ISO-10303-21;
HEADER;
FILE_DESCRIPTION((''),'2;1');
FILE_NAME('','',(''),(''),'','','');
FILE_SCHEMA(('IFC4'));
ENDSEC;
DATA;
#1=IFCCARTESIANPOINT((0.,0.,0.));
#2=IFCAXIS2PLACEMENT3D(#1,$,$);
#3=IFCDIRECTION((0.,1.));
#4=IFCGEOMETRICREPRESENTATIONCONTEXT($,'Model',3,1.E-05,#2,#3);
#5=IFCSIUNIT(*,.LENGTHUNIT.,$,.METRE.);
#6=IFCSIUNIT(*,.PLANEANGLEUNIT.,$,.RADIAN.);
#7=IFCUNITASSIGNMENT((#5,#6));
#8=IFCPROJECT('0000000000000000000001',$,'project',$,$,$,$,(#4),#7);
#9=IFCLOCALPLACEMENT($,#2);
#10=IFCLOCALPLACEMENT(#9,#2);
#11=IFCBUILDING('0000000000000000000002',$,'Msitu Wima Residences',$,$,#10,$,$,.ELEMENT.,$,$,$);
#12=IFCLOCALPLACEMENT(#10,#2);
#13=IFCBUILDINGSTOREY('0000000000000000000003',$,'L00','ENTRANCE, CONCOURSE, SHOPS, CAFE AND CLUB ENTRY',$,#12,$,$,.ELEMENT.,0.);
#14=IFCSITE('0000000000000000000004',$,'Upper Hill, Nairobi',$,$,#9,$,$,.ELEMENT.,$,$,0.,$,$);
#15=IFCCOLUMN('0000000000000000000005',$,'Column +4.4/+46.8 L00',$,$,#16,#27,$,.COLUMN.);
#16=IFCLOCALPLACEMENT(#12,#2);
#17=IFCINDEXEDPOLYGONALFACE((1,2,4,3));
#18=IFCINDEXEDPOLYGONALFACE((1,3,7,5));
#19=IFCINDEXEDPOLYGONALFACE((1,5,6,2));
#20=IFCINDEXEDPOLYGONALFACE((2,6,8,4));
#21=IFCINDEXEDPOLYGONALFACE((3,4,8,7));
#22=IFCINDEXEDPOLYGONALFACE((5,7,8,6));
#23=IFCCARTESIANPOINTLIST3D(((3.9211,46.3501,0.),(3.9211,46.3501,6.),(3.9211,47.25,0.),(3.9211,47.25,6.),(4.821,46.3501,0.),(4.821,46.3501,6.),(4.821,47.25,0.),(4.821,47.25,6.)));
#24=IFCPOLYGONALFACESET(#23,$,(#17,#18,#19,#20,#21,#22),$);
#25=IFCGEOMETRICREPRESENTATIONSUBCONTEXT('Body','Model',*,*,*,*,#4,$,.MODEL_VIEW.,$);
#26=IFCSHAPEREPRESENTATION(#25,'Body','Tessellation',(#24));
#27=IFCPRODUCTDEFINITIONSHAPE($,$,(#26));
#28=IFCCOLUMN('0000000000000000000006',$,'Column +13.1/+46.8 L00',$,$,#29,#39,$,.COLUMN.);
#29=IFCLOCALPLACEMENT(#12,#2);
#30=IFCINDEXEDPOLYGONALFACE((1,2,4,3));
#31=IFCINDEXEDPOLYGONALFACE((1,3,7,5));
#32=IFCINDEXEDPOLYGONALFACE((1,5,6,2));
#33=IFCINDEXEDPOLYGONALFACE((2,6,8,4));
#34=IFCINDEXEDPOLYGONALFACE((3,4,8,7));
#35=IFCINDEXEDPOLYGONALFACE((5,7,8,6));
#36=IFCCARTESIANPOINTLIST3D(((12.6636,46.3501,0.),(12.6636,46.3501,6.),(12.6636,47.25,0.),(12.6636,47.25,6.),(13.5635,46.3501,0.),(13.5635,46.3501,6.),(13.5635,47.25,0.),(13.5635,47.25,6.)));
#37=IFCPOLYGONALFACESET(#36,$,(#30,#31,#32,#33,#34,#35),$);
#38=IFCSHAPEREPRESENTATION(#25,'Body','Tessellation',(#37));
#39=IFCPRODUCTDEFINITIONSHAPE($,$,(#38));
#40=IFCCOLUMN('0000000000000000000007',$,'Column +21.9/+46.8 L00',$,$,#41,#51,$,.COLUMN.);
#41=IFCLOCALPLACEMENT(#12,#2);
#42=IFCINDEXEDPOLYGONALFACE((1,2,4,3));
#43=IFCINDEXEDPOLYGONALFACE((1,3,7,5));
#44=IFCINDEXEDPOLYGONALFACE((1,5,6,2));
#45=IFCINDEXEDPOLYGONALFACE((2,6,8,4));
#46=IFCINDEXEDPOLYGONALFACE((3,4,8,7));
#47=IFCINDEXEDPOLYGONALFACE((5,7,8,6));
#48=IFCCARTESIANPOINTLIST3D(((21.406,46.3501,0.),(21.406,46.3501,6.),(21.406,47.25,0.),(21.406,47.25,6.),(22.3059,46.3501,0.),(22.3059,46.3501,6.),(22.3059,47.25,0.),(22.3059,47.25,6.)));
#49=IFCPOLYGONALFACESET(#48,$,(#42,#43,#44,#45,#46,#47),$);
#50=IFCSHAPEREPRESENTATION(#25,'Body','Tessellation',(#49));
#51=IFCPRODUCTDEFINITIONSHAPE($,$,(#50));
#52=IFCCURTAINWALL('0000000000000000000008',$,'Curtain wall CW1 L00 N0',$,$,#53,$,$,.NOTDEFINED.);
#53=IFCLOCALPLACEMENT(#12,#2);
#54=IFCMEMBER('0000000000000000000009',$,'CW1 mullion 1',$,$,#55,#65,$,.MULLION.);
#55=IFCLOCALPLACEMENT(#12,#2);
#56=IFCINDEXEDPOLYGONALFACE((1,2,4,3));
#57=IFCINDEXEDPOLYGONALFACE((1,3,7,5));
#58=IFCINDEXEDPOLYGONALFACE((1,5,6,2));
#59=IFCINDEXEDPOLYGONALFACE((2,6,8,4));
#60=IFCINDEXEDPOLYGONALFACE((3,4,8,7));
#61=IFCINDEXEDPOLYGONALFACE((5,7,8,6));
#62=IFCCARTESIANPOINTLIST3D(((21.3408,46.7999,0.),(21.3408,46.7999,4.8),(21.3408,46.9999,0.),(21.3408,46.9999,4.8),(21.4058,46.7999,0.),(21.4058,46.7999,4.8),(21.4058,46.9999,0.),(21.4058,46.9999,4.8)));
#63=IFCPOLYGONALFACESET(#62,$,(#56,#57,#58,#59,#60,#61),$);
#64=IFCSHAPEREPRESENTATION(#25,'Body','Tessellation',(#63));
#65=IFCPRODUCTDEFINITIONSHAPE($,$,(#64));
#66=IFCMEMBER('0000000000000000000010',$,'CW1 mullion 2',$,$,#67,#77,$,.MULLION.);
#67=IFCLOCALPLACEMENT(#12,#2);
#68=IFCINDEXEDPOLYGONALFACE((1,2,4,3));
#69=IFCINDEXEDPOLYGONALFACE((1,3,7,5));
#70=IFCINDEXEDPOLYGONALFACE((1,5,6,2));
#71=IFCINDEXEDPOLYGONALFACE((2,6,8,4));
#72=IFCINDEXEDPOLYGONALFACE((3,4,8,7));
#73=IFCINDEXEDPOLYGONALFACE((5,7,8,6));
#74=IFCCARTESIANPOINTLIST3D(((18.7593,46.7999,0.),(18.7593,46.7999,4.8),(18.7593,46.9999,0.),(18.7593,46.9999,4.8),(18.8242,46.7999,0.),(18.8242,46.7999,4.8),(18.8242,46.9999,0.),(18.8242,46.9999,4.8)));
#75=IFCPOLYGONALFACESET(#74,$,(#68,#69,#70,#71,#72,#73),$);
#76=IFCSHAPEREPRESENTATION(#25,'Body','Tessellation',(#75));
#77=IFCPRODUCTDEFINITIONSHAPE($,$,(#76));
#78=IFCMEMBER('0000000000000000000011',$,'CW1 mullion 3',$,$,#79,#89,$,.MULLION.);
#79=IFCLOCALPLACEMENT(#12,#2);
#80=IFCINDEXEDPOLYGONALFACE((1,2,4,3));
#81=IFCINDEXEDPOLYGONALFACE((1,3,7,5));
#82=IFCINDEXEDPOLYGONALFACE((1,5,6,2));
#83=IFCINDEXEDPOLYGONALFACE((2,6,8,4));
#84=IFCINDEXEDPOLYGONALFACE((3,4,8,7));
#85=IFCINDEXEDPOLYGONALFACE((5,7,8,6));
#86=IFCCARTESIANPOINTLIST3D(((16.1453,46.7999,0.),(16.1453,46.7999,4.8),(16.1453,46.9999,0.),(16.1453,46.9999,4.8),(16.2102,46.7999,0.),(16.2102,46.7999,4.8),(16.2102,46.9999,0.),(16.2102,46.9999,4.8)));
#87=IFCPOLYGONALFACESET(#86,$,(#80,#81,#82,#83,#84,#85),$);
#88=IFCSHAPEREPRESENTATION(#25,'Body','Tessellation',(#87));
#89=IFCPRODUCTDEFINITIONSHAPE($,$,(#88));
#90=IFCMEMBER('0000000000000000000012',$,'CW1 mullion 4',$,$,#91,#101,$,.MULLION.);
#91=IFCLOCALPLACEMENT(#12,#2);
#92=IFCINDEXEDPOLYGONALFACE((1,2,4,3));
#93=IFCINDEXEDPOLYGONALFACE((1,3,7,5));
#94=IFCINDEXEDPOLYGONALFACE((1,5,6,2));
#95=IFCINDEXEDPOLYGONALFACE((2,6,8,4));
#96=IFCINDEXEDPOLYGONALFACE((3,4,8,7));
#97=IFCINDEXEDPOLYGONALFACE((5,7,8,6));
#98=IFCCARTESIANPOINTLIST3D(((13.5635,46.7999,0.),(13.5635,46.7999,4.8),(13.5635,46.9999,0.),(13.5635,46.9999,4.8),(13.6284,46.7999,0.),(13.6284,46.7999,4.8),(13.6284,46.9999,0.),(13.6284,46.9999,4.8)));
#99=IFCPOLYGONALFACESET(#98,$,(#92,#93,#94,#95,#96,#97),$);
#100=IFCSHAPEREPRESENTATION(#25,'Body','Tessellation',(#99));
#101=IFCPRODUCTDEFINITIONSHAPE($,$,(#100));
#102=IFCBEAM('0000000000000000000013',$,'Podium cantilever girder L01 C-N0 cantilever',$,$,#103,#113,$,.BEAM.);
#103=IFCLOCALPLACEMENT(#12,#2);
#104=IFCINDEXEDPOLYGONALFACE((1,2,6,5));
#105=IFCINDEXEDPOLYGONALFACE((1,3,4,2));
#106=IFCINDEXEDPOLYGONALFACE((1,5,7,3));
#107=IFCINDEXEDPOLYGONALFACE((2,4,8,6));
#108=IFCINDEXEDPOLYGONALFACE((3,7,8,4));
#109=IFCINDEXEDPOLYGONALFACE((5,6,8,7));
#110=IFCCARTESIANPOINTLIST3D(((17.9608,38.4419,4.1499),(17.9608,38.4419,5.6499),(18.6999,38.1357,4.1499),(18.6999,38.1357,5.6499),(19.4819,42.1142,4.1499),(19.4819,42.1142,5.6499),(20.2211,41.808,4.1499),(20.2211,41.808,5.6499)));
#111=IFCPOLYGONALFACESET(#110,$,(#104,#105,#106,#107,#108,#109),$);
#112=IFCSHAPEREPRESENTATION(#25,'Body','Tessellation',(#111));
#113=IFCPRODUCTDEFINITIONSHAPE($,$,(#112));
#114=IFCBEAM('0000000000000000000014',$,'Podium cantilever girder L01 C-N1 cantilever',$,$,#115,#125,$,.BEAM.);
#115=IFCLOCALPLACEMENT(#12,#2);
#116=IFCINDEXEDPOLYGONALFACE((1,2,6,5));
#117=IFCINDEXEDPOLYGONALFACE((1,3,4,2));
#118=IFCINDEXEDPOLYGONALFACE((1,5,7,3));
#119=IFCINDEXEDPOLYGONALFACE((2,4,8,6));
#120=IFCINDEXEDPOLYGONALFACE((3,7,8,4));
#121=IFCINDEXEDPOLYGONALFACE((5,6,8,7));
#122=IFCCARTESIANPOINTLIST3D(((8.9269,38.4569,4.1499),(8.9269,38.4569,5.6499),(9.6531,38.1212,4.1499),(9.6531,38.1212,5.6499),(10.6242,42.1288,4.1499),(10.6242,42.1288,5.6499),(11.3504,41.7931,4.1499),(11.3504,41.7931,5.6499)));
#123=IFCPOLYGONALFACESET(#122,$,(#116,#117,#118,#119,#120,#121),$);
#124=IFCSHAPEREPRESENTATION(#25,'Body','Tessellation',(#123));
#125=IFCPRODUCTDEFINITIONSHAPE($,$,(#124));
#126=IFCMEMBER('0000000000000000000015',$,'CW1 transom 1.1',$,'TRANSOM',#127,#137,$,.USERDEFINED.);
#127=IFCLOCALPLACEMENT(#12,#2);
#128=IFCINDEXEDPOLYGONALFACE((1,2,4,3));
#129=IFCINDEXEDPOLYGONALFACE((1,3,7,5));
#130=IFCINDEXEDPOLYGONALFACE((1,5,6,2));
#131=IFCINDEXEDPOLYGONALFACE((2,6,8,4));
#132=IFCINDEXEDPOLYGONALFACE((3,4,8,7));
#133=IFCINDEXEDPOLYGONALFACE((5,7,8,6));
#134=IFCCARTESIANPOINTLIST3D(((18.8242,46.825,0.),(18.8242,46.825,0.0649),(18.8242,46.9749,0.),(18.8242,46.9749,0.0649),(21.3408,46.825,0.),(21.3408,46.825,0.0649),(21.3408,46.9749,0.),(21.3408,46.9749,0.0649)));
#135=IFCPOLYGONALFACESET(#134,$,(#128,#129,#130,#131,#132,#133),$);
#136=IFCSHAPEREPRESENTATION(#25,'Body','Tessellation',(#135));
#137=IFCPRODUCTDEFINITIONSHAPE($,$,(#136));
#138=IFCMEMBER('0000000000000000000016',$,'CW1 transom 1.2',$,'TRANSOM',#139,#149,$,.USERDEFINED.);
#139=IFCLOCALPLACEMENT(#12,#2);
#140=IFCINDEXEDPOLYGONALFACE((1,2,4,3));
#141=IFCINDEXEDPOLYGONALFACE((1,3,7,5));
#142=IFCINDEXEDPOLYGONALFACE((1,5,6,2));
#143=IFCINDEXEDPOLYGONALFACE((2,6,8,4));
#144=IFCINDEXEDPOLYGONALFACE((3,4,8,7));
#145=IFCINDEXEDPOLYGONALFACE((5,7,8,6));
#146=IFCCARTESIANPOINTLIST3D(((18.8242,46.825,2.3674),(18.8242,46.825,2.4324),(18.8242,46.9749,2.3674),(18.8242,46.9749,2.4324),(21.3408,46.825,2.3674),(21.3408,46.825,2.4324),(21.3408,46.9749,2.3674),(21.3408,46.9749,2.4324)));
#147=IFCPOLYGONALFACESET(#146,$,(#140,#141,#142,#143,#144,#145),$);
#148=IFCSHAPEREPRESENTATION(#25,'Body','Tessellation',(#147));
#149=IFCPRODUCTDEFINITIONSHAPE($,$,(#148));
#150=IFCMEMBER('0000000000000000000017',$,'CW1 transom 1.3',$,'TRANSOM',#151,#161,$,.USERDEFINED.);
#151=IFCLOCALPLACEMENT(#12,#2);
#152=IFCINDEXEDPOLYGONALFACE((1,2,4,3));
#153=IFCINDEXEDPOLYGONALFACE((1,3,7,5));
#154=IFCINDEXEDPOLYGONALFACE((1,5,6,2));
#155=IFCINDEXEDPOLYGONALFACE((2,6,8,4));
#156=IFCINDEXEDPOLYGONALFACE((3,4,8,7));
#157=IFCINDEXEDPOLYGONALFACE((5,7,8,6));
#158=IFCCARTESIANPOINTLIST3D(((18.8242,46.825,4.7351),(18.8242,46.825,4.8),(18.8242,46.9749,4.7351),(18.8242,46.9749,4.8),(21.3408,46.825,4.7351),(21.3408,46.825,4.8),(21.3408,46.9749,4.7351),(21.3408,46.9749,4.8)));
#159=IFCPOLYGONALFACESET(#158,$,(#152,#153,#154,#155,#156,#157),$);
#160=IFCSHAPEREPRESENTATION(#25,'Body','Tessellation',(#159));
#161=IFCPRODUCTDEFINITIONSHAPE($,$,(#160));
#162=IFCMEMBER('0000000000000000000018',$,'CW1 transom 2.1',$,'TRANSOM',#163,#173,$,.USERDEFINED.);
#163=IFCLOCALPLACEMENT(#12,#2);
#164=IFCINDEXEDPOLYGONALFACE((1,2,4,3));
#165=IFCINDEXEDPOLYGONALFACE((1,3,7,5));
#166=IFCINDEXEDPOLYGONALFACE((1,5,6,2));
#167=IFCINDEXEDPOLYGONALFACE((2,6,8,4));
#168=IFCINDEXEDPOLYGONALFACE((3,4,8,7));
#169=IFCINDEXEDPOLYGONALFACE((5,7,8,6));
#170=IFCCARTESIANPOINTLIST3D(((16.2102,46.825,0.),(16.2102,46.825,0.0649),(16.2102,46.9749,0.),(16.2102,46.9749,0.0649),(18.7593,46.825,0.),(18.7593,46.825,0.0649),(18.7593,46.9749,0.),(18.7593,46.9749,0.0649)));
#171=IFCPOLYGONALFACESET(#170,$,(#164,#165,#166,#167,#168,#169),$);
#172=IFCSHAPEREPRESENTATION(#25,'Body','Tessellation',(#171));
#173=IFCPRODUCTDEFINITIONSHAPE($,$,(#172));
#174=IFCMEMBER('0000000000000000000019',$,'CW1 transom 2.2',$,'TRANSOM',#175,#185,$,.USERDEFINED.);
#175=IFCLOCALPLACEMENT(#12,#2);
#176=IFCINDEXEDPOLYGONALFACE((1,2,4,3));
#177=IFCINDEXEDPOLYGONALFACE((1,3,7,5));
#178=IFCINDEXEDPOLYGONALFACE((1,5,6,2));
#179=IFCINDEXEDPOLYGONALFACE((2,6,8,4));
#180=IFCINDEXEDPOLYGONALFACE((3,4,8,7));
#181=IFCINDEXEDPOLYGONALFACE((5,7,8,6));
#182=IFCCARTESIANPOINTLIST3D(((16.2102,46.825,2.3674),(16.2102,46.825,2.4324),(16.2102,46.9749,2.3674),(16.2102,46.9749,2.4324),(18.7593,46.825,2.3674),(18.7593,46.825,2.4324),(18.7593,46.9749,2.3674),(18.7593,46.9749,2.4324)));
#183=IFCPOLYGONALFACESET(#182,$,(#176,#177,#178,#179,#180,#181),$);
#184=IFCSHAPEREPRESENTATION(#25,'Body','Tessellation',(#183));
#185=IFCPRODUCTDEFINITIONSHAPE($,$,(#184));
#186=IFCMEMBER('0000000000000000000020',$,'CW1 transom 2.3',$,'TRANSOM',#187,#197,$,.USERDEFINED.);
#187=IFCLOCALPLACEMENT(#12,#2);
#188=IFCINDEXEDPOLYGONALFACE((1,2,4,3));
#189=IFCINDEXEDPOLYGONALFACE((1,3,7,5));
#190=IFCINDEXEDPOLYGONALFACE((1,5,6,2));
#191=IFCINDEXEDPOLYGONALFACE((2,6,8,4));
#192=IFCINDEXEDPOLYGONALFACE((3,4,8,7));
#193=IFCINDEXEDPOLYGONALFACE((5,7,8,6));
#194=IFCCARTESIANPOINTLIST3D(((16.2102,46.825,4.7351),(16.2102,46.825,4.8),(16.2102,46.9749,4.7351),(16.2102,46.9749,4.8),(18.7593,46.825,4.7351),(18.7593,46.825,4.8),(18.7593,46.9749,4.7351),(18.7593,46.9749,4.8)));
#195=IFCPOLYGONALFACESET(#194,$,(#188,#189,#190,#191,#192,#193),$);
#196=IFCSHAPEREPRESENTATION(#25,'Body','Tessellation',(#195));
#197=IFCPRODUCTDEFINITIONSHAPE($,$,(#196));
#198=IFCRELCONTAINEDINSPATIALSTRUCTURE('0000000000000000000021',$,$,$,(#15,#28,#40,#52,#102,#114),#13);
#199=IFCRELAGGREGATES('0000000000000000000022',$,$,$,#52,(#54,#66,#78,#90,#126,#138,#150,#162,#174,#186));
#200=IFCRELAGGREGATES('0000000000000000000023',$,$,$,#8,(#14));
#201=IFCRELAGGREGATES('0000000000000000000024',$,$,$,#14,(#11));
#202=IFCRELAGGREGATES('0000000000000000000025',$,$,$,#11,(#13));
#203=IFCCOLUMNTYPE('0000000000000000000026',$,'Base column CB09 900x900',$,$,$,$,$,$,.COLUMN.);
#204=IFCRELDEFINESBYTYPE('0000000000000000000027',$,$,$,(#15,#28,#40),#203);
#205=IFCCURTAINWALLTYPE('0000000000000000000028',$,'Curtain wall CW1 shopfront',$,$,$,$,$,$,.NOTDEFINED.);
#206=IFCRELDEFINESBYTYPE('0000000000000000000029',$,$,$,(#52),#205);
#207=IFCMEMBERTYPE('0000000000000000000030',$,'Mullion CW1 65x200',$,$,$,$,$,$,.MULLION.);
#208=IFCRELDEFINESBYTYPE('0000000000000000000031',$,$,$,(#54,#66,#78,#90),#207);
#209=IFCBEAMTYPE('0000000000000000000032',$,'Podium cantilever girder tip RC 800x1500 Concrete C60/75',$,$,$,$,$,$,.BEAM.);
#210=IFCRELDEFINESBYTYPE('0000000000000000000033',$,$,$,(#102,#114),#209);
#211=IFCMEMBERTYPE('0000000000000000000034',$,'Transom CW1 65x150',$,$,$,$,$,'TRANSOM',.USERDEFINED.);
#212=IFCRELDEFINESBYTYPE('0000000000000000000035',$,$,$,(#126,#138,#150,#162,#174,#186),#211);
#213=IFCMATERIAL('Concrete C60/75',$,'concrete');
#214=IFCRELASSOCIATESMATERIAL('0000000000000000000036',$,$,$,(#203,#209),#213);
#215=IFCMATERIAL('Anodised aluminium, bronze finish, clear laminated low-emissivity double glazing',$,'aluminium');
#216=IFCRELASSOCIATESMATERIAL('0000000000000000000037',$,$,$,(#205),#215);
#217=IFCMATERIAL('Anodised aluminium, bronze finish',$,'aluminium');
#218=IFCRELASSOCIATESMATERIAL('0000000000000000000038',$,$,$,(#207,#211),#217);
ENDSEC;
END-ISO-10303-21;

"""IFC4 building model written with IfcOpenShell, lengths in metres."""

from ifc_helpers import new_model, si_unit, direction, frame, origin, origin_2d, place, context, subcontext, project, spatial, rectangle, extrude, material, material_profile, profile_set, type_object, element, aggregate, save


model = new_model("IFC4")

# Units and contexts
model_context = context("Model", 3, precision=1e-05, world=origin(), true_north=direction((0.0, 1.0)))
body_context = subcontext(model_context, "Body", "Model", "MODEL_VIEW")
ifc_project = project(units=[si_unit("LENGTHUNIT", "METRE"), si_unit("PLANEANGLEUNIT", "RADIAN")], contexts=[model_context])

# Site, building, storey
site_placement = place(None, origin())
site = spatial("IfcSite", under=ifc_project, at=site_placement, Name="Upper Hill, Nairobi", CompositionType="ELEMENT", RefElevation=0.0)
building_placement = place(site_placement, origin())
building = spatial("IfcBuilding", under=site, at=building_placement, Name="Msitu Wima Residences", CompositionType="ELEMENT")
storey_placement = place(building_placement, origin())
storey = spatial("IfcBuildingStorey", under=building, at=storey_placement, Name="L00", Description="ENTRANCE, CONCOURSE, SHOPS, CAFE AND CLUB ENTRY", CompositionType="ELEMENT", Elevation=0.0)

# Columns
ifc_material_1 = material(Name="Concrete C60/75", Category="concrete")
ifc_material_profile_1 = material_profile(ifc_material_1, rectangle(XDim=0.8999, YDim=0.8999, at=origin_2d()), Name="RC 900x900")
ifc_profile_set_1 = profile_set([ifc_material_profile_1], Name="Concrete C60/75")
column_type = type_object("IfcColumnType", Name="Base column CB09 900x900", PredefinedType="COLUMN", material=ifc_profile_set_1)
for number, where, z_axis, x_axis, name in (
    (1, (4.3711, 46.8, 0.0), (0.0, 0.0, 1.0), (1.0, 0.0, 0.0), "Column +4.4/+46.8 L00"),
    (2, (13.1135, 46.8, 0.0), (0.0, 0.0, 1.0), (1.0, 0.0, 0.0), "Column +13.1/+46.8 L00"),
    (3, (21.856, 46.8, 0.0), (0.0, 0.0, 1.0), (1.0, 0.0, 0.0), "Column +21.9/+46.8 L00"),
):
    element("IfcColumn", number, at=place(storey_placement, frame(where, z_axis=z_axis, x_axis=x_axis)), inside=storey, type_object=column_type, Name=name, PredefinedType="COLUMN", context=body_context, shape_type="SweptSolid", body=[
        extrude(rectangle(XDim=0.8999, YDim=0.8999, at=origin_2d()), origin(), (0.0, 0.0, 1.0), 6.0),
    ])

# Curtain wall, members
ifc_material_2 = material(Name="Anodised aluminium, bronze finish, clear laminated low-emissivity double glazing", Category="aluminium")
curtain_wall_type = type_object("IfcCurtainWallType", Name="Curtain wall CW1 shopfront", PredefinedType="NOTDEFINED", material=ifc_material_2)
curtain_wall_placement = place(storey_placement, origin())
curtain_wall = element("IfcCurtainWall", 4, at=curtain_wall_placement, inside=storey, type_object=curtain_wall_type, Name="Curtain wall CW1 L00 N0", PredefinedType="NOTDEFINED")
ifc_material_3 = material(Name="Anodised aluminium, bronze finish", Category="aluminium")
ifc_material_profile_2 = material_profile(ifc_material_3, rectangle(XDim=0.2, YDim=0.0649, at=origin_2d()), Name="Mullion 65x200")
ifc_profile_set_2 = profile_set([ifc_material_profile_2], Name="Anodised aluminium, bronze finish")
member_type_1 = type_object("IfcMemberType", Name="Mullion CW1 65x200", PredefinedType="MULLION", material=ifc_profile_set_2)
member_1_placement = place(storey_placement, frame((21.3733, 46.8999, 0.0), z_axis=(0.0, 0.0, 1.0), x_axis=(0.0, -1.0, 0.0)))
member_1 = element("IfcMember", 5, at=member_1_placement, type_object=member_type_1, Name="CW1 mullion 1", PredefinedType="MULLION", context=body_context, shape_type="SweptSolid", body=[
    extrude(rectangle(XDim=0.2, YDim=0.0649, at=origin_2d()), origin(), (0.0, 0.0, 1.0), 4.8),
])
member_2_placement = place(storey_placement, frame((18.7917, 46.8999, 0.0), z_axis=(0.0, 0.0, 1.0), x_axis=(0.0, -1.0, 0.0)))
member_2 = element("IfcMember", 6, at=member_2_placement, type_object=member_type_1, Name="CW1 mullion 2", PredefinedType="MULLION", context=body_context, shape_type="SweptSolid", body=[
    extrude(rectangle(XDim=0.2, YDim=0.0649, at=origin_2d()), origin(), (0.0, 0.0, 1.0), 4.8),
])
member_3_placement = place(storey_placement, frame((16.1777, 46.8999, 0.0), z_axis=(0.0, 0.0, 1.0), x_axis=(0.0, -1.0, 0.0)))
member_3 = element("IfcMember", 7, at=member_3_placement, type_object=member_type_1, Name="CW1 mullion 3", PredefinedType="MULLION", context=body_context, shape_type="SweptSolid", body=[
    extrude(rectangle(XDim=0.2, YDim=0.0649, at=origin_2d()), origin(), (0.0, 0.0, 1.0), 4.8),
])
member_4_placement = place(storey_placement, frame((13.5959, 46.8999, 0.0), z_axis=(0.0, 0.0, 1.0), x_axis=(0.0, -1.0, 0.0)))
member_4 = element("IfcMember", 8, at=member_4_placement, type_object=member_type_1, Name="CW1 mullion 4", PredefinedType="MULLION", context=body_context, shape_type="SweptSolid", body=[
    extrude(rectangle(XDim=0.2, YDim=0.0649, at=origin_2d()), origin(), (0.0, 0.0, 1.0), 4.8),
])

# Beams
ifc_material_profile_3 = material_profile(ifc_material_1, rectangle(XDim=0.8, YDim=1.5, at=origin_2d()), Name="RC 800x1500")
ifc_profile_set_3 = profile_set([ifc_material_profile_3], Name="Concrete C60/75")
beam_type = type_object("IfcBeamType", Name="Podium cantilever girder tip RC 800x1500 Concrete C60/75", PredefinedType="BEAM", material=ifc_profile_set_3)
beam_1_placement = place(storey_placement, frame((18.3303, 38.2888, 4.8999), z_axis=(0.382704, 0.923871, 0.0), x_axis=(-0.923871, 0.382704, 0.0)))
element("IfcBeam", 9, at=beam_1_placement, inside=storey, type_object=beam_type, Name="Podium cantilever girder L01 C-N0 cantilever", PredefinedType="BEAM", context=body_context, shape_type="SweptSolid", body=[
    extrude(rectangle(XDim=0.8, YDim=1.5, at=origin_2d()), origin(), (0.0, 0.0, 1.0), 3.9749),
])
beam_2_placement = place(storey_placement, frame((9.29, 38.2891, 4.8999), z_axis=(0.419579, 0.907719, 0.0), x_axis=(-0.907719, 0.419579, 0.0)))
element("IfcBeam", 10, at=beam_2_placement, inside=storey, type_object=beam_type, Name="Podium cantilever girder L01 C-N1 cantilever", PredefinedType="BEAM", context=body_context, shape_type="SweptSolid", body=[
    extrude(rectangle(XDim=0.8, YDim=1.5, at=origin_2d()), origin(), (0.0, 0.0, 1.0), 4.0452),
])

# Members
ifc_material_profile_4 = material_profile(ifc_material_3, rectangle(XDim=0.1499, YDim=0.0649, at=origin_2d()), Name="Transom 65x150")
ifc_profile_set_4 = profile_set([ifc_material_profile_4], Name="Anodised aluminium, bronze finish")
member_type_2 = type_object("IfcMemberType", Name="Transom CW1 65x150", ElementType="TRANSOM", PredefinedType="USERDEFINED", material=ifc_profile_set_4)
member_5_placement = place(storey_placement, frame((21.3408, 46.8999, 0.0325), z_axis=(-1.0, 0.0, 0.0), x_axis=(0.0, -1.0, 0.0)))
member_5 = element("IfcMember", 11, at=member_5_placement, type_object=member_type_2, Name="CW1 transom 1.1", ObjectType="TRANSOM", PredefinedType="USERDEFINED", context=body_context, shape_type="SweptSolid", body=[
    extrude(rectangle(XDim=0.1499, YDim=0.0649, at=origin_2d()), origin(), (0.0, 0.0, 1.0), 2.5166),
])
member_6_placement = place(storey_placement, frame((21.3408, 46.8999, 2.3999), z_axis=(-1.0, 0.0, 0.0), x_axis=(0.0, -1.0, 0.0)))
member_6 = element("IfcMember", 12, at=member_6_placement, type_object=member_type_2, Name="CW1 transom 1.2", ObjectType="TRANSOM", PredefinedType="USERDEFINED", context=body_context, shape_type="SweptSolid", body=[
    extrude(rectangle(XDim=0.1499, YDim=0.0649, at=origin_2d()), origin(), (0.0, 0.0, 1.0), 2.5166),
])
member_7_placement = place(storey_placement, frame((21.3408, 46.8999, 4.7676), z_axis=(-1.0, 0.0, 0.0), x_axis=(0.0, -1.0, 0.0)))
member_7 = element("IfcMember", 13, at=member_7_placement, type_object=member_type_2, Name="CW1 transom 1.3", ObjectType="TRANSOM", PredefinedType="USERDEFINED", context=body_context, shape_type="SweptSolid", body=[
    extrude(rectangle(XDim=0.1499, YDim=0.0649, at=origin_2d()), origin(), (0.0, 0.0, 1.0), 2.5166),
])
member_8_placement = place(storey_placement, frame((18.7593, 46.8999, 0.0325), z_axis=(-1.0, 0.0, 0.0), x_axis=(0.0, -1.0, 0.0)))
member_8 = element("IfcMember", 14, at=member_8_placement, type_object=member_type_2, Name="CW1 transom 2.1", ObjectType="TRANSOM", PredefinedType="USERDEFINED", context=body_context, shape_type="SweptSolid", body=[
    extrude(rectangle(XDim=0.1499, YDim=0.0649, at=origin_2d()), origin(), (0.0, 0.0, 1.0), 2.5491),
])
member_9_placement = place(storey_placement, frame((18.7593, 46.8999, 2.3999), z_axis=(-1.0, 0.0, 0.0), x_axis=(0.0, -1.0, 0.0)))
member_9 = element("IfcMember", 15, at=member_9_placement, type_object=member_type_2, Name="CW1 transom 2.2", ObjectType="TRANSOM", PredefinedType="USERDEFINED", context=body_context, shape_type="SweptSolid", body=[
    extrude(rectangle(XDim=0.1499, YDim=0.0649, at=origin_2d()), origin(), (0.0, 0.0, 1.0), 2.5491),
])
member_10_placement = place(storey_placement, frame((18.7593, 46.8999, 4.7676), z_axis=(-1.0, 0.0, 0.0), x_axis=(0.0, -1.0, 0.0)))
member_10 = element("IfcMember", 16, at=member_10_placement, type_object=member_type_2, Name="CW1 transom 2.3", ObjectType="TRANSOM", PredefinedType="USERDEFINED", context=body_context, shape_type="SweptSolid", body=[
    extrude(rectangle(XDim=0.1499, YDim=0.0649, at=origin_2d()), origin(), (0.0, 0.0, 1.0), 2.5491),
])

aggregate(curtain_wall, [member_1, member_2, member_3, member_4, member_5, member_6, member_7, member_8, member_9, member_10])

save(model, "model.ifc")
